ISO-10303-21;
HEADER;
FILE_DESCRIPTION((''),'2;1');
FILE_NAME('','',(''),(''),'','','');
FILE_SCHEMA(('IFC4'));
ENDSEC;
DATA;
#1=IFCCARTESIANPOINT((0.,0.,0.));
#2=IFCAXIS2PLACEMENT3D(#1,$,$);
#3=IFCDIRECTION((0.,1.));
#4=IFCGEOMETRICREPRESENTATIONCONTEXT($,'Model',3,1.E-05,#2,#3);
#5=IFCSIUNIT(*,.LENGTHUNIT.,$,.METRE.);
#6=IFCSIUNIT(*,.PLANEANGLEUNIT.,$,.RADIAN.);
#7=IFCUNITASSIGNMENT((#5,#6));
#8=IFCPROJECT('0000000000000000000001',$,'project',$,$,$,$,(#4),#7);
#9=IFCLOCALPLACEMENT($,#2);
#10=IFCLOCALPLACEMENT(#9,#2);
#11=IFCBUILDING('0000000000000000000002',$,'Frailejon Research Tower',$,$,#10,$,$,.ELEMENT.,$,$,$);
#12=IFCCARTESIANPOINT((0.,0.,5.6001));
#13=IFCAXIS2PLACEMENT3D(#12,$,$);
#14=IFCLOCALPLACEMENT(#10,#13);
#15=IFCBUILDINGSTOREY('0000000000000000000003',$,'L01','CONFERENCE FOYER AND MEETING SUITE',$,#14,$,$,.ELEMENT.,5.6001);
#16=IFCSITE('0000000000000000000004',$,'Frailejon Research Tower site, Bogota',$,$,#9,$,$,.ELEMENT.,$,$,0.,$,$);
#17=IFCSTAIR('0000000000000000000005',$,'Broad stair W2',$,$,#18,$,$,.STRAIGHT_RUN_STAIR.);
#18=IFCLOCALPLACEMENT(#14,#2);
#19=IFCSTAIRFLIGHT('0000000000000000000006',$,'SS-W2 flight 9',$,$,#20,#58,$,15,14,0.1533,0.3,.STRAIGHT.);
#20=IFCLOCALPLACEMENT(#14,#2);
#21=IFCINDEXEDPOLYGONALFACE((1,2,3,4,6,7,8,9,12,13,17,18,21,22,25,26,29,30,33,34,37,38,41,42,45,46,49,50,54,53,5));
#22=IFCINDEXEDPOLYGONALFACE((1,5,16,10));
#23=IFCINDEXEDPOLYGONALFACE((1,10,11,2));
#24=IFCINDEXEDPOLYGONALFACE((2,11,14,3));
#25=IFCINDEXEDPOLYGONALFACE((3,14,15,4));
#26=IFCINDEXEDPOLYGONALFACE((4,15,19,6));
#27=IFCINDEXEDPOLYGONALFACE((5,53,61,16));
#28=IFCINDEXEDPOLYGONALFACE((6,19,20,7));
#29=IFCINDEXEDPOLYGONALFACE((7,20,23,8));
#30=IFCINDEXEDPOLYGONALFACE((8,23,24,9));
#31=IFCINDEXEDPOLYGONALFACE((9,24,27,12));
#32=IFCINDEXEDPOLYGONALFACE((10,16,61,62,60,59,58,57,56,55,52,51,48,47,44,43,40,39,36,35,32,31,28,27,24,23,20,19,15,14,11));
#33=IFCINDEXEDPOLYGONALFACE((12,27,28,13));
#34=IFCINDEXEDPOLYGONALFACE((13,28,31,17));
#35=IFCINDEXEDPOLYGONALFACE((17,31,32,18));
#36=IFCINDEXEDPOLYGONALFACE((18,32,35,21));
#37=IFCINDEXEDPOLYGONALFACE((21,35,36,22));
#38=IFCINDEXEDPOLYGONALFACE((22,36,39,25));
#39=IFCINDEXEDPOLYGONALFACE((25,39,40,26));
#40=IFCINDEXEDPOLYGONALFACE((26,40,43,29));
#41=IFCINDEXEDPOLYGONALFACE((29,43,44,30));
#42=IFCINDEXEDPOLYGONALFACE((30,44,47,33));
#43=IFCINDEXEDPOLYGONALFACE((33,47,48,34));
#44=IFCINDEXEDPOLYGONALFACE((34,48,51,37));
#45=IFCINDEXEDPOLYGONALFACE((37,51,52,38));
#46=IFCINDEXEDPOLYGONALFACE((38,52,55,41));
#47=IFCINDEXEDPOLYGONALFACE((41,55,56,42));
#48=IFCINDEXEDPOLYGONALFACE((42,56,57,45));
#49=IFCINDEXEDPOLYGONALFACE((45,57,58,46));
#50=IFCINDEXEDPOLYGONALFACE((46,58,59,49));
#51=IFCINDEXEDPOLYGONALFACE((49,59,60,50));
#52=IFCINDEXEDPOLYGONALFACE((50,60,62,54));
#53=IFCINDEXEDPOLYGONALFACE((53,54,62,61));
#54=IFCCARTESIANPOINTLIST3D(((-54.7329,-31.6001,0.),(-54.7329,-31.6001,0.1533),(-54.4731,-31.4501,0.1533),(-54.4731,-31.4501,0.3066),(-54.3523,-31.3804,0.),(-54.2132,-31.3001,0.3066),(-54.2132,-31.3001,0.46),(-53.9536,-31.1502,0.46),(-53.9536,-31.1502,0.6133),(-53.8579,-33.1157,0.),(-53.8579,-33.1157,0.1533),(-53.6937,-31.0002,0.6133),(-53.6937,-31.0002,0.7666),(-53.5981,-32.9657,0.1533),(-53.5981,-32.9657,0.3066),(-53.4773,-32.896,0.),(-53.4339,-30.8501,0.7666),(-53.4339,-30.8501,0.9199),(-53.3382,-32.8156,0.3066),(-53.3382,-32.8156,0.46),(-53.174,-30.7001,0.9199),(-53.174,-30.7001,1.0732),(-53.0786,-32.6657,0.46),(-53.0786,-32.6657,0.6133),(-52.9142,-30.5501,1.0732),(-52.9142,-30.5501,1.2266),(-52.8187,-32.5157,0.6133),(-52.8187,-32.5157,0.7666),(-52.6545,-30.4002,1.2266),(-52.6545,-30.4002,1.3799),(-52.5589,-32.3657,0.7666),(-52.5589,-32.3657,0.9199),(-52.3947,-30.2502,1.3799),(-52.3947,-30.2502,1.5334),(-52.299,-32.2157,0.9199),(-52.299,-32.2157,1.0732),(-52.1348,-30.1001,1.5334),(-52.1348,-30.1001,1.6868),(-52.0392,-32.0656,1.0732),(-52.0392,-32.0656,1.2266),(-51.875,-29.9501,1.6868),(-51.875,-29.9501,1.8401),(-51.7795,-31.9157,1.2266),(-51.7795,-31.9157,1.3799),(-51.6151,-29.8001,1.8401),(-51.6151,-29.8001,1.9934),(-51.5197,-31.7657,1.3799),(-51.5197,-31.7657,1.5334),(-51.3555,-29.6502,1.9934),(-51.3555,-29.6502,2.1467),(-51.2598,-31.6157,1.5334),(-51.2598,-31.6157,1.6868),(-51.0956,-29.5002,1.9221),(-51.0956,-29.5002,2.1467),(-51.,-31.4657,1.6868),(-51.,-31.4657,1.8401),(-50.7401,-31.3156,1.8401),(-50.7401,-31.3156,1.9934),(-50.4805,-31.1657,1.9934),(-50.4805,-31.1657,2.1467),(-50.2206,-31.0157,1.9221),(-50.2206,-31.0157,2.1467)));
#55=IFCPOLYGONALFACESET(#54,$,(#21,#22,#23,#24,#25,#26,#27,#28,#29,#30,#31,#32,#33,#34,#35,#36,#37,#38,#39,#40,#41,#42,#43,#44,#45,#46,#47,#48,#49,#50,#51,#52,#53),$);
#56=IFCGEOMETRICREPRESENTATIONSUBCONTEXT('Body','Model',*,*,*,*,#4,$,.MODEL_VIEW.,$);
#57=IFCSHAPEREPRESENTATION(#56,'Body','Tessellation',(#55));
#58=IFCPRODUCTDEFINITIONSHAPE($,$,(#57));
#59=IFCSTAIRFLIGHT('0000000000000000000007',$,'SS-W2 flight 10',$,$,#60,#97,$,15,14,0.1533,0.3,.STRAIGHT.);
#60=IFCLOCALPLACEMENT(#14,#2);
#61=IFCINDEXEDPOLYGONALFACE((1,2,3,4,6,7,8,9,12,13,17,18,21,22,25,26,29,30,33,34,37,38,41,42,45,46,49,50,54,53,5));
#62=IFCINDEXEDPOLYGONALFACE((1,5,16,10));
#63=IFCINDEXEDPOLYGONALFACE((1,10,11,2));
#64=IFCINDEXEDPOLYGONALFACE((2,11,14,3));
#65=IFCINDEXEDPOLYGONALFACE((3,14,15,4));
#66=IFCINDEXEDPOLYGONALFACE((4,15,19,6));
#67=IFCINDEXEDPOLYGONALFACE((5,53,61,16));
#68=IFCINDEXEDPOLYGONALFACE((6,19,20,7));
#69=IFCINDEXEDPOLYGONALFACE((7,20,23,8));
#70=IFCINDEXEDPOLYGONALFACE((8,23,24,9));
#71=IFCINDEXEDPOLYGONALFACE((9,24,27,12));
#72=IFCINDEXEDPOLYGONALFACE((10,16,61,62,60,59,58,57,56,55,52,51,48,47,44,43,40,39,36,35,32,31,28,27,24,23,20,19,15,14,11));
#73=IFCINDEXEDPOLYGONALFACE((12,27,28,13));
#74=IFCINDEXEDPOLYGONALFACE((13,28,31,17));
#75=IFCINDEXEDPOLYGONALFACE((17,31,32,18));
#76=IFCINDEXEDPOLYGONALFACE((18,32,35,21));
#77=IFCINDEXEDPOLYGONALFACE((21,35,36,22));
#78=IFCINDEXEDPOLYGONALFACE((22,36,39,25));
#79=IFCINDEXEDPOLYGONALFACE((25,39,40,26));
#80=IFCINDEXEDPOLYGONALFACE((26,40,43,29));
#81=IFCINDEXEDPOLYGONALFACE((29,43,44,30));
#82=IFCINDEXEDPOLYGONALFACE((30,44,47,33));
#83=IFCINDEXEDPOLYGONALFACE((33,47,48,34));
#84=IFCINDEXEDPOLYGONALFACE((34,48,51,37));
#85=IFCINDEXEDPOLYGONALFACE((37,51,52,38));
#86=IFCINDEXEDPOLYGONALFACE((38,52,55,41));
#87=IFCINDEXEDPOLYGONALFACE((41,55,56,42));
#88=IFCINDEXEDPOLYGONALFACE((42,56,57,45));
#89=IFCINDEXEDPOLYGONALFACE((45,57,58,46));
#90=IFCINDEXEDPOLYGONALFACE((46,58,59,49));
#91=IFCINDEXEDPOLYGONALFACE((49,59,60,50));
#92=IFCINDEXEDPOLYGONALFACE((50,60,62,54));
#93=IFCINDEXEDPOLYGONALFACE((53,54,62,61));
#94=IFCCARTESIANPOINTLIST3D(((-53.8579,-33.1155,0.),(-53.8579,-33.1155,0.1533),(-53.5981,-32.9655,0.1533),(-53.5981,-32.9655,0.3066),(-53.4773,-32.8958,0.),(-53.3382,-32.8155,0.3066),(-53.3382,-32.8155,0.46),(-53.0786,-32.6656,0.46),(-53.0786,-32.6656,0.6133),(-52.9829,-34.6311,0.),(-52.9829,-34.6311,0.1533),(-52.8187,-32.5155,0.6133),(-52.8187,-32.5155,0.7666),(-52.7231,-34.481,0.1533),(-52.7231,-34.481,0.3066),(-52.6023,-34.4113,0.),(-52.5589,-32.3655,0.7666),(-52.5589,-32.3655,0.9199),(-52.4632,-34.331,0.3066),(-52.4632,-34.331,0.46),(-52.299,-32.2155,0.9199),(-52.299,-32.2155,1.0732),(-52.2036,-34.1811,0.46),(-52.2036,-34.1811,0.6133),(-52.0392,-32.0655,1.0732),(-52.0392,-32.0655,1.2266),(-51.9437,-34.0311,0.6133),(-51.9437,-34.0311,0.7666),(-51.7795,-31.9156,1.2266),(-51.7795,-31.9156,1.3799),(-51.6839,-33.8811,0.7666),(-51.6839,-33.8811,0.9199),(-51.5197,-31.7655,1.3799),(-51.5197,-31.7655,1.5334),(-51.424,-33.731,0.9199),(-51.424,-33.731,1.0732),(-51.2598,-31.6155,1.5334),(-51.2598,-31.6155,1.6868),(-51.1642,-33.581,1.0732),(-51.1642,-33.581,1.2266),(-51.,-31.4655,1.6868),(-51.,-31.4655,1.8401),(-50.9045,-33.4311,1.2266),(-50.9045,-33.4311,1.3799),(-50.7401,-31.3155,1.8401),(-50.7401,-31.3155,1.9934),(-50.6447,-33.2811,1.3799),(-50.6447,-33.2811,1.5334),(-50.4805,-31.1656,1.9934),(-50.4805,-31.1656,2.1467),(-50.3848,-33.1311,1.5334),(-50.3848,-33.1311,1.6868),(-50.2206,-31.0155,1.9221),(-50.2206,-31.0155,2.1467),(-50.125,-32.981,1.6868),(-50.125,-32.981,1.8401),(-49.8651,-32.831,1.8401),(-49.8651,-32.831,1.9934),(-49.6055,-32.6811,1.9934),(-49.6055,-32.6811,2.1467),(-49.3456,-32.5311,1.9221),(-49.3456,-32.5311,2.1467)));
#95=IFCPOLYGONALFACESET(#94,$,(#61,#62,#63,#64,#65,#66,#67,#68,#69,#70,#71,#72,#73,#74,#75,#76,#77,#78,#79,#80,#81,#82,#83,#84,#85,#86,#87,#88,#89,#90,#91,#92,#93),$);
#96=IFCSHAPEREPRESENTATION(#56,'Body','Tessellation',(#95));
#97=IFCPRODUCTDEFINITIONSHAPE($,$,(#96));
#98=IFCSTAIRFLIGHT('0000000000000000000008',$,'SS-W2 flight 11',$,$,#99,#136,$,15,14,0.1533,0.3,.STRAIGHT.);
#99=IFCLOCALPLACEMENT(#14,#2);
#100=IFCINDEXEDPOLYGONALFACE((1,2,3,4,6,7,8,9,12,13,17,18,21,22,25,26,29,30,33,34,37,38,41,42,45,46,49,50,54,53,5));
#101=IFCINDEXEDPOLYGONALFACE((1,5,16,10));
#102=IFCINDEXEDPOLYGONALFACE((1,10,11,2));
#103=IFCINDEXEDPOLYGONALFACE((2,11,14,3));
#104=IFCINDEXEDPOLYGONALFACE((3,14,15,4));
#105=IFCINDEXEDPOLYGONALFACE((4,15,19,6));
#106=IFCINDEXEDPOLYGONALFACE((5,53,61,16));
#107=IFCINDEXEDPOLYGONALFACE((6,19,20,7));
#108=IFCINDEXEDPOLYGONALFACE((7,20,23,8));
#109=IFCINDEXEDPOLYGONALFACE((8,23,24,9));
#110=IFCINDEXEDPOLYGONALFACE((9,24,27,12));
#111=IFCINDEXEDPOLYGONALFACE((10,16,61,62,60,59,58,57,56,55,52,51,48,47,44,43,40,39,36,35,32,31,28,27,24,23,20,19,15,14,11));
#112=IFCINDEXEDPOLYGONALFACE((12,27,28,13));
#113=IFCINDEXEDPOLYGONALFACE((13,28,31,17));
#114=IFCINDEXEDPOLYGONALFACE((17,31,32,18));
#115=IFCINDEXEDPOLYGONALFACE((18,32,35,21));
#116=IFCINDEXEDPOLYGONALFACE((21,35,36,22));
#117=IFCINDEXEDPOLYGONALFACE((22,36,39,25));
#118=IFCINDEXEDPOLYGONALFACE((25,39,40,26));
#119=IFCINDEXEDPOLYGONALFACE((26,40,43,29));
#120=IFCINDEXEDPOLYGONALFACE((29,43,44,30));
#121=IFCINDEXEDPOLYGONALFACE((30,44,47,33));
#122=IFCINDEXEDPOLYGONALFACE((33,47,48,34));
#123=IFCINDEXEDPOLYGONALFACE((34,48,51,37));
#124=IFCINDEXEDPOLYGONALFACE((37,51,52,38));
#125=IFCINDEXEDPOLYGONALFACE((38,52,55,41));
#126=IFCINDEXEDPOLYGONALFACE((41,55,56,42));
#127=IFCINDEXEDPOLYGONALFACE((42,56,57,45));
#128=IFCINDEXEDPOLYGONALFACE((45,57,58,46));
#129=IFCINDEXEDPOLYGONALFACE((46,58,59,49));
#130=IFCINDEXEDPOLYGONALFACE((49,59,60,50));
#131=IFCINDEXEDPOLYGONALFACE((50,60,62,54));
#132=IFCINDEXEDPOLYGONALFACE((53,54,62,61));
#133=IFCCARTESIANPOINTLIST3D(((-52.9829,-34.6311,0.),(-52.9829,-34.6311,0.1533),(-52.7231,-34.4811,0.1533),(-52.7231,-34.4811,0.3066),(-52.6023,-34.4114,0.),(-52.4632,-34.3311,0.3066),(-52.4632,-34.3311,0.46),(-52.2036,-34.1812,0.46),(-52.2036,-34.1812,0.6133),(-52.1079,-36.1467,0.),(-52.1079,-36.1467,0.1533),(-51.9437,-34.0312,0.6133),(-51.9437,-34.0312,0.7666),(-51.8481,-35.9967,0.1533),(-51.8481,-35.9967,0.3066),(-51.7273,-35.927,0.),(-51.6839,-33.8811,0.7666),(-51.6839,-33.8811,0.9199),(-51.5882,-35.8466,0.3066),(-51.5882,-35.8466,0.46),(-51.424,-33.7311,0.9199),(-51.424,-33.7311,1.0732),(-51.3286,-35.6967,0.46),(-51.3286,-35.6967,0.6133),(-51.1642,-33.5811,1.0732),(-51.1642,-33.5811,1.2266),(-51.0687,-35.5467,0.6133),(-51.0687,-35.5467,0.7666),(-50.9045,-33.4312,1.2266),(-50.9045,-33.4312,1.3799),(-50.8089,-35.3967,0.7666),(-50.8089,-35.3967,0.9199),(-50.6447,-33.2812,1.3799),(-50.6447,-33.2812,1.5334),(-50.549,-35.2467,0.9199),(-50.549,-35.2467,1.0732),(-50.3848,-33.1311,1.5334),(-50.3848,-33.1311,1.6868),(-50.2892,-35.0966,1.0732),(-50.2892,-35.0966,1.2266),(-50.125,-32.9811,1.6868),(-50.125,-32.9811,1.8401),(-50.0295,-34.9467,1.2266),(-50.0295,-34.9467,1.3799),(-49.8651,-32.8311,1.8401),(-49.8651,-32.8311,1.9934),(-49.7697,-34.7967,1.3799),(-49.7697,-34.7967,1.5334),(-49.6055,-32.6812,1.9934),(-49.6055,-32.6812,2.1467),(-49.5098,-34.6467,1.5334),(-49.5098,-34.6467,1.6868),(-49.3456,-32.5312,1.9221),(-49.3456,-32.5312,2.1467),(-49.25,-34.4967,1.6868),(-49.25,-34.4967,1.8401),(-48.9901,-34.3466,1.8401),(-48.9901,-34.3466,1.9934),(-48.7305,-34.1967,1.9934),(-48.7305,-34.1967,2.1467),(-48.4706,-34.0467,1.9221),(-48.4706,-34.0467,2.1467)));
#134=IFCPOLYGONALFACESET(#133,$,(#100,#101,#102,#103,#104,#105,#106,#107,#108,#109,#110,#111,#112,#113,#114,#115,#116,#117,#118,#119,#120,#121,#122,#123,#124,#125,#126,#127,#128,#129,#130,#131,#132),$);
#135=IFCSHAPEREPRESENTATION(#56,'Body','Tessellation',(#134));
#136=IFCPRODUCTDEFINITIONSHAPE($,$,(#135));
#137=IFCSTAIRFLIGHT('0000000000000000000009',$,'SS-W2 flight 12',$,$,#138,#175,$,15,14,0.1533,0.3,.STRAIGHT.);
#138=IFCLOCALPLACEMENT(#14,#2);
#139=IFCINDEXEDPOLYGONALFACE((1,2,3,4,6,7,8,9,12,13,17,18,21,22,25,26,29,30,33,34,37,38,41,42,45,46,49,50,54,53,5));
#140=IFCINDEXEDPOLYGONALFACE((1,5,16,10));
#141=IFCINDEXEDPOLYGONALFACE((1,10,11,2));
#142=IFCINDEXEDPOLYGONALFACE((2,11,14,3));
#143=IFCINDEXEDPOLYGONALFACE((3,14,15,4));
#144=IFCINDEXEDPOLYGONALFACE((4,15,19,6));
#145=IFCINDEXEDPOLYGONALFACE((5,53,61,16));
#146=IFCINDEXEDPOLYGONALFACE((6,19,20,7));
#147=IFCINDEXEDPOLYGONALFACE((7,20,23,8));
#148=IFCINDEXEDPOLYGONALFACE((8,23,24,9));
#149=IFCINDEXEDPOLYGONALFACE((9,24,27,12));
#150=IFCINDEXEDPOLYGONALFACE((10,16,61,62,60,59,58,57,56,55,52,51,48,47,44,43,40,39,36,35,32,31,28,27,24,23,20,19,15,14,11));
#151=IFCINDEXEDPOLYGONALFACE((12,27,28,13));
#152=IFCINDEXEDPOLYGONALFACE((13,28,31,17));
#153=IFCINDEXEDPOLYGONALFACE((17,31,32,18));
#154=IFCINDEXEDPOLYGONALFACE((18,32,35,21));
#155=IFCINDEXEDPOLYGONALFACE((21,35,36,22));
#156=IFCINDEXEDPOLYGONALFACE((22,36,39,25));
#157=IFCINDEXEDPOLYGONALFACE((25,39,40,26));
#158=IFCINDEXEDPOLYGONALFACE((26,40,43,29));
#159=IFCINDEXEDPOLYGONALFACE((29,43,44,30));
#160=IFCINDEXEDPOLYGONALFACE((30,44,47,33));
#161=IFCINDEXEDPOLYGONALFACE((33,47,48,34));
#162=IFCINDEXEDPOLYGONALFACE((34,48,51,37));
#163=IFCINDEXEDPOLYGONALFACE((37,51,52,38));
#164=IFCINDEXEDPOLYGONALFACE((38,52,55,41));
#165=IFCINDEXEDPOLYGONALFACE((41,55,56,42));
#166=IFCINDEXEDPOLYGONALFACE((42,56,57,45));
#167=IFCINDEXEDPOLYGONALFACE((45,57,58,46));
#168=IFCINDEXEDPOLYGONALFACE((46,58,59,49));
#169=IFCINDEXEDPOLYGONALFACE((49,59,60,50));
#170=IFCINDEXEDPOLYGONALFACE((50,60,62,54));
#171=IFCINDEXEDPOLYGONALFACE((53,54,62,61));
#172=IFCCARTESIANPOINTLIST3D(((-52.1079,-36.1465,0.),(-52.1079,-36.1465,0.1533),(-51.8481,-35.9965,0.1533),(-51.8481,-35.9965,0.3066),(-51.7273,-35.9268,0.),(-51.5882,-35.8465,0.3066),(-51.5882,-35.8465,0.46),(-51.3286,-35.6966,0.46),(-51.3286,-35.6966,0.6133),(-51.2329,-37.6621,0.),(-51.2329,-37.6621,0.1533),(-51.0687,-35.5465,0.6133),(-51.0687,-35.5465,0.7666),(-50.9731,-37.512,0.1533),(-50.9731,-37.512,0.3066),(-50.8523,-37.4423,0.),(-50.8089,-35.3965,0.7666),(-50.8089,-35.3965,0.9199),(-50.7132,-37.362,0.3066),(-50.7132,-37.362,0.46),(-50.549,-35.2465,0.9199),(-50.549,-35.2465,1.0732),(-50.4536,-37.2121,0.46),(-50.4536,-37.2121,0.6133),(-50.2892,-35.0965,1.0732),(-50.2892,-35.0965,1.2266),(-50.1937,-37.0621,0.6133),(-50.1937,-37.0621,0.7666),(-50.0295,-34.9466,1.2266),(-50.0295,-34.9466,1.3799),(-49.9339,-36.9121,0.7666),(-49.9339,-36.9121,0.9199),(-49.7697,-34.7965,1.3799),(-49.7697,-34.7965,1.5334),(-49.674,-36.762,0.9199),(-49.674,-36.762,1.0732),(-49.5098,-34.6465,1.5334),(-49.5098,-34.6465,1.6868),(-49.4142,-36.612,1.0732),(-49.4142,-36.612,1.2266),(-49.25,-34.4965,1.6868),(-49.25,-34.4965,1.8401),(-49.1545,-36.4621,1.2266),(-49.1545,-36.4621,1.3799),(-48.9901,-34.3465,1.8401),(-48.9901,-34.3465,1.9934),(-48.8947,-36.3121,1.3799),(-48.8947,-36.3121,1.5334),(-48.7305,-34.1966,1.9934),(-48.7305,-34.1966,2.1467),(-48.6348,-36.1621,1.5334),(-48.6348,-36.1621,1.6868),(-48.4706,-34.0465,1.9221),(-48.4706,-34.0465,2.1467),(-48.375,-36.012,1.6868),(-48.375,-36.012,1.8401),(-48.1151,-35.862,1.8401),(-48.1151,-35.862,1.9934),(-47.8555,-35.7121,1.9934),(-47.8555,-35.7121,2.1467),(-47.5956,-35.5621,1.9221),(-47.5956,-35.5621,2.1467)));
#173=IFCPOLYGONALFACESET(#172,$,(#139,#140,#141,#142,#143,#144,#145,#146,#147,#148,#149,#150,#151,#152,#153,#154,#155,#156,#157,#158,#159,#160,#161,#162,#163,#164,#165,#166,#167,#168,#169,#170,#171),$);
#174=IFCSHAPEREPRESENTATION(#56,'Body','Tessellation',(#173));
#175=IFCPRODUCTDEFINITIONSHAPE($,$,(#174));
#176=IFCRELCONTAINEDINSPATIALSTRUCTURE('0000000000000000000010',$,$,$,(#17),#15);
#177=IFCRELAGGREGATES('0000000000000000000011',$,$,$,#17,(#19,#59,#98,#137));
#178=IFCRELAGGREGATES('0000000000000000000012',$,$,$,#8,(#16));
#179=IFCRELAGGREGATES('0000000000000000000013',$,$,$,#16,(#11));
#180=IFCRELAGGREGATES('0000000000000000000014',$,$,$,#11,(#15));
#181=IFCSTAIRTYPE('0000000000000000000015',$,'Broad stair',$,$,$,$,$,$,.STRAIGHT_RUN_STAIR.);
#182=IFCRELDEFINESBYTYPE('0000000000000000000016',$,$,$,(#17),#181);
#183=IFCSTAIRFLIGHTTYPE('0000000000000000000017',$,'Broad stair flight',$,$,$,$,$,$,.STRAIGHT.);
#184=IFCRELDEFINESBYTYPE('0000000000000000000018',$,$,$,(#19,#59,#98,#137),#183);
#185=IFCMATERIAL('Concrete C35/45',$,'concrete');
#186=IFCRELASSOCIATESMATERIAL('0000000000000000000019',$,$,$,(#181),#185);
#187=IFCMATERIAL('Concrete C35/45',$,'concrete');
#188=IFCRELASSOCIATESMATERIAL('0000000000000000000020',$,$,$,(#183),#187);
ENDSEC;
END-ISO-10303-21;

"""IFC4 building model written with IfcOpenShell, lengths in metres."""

from ifc_helpers import new_model, si_unit, direction, frame, origin, place, context, subcontext, project, spatial, polyline, outline, extrude, material, type_object, element, aggregate, save


model = new_model("IFC4")

# Units and contexts
model_context = context("Model", 3, precision=1e-05, world=origin(), true_north=direction((0.0, 1.0)))
body_context = subcontext(model_context, "Body", "Model", "MODEL_VIEW")
ifc_project = project(units=[si_unit("LENGTHUNIT", "METRE"), si_unit("PLANEANGLEUNIT", "RADIAN")], contexts=[model_context])

# Site, building, storey
site_placement = place(None, origin())
site = spatial("IfcSite", under=ifc_project, at=site_placement, Name="Frailejon Research Tower site, Bogota", CompositionType="ELEMENT", RefElevation=0.0)
building_placement = place(site_placement, origin())
building = spatial("IfcBuilding", under=site, at=building_placement, Name="Frailejon Research Tower", CompositionType="ELEMENT")
storey_placement = place(building_placement, frame((0.0, 0.0, 5.6001)))
storey = spatial("IfcBuildingStorey", under=building, at=storey_placement, Name="L01", Description="CONFERENCE FOYER AND MEETING SUITE", CompositionType="ELEMENT", Elevation=5.6001)

# Stair, stair flights
ifc_material_1 = material(Name="Concrete C35/45", Category="concrete")
stair_type = type_object("IfcStairType", Name="Broad stair", PredefinedType="STRAIGHT_RUN_STAIR", material=ifc_material_1)
stair_placement = place(storey_placement, origin())
stair = element("IfcStair", 1, at=stair_placement, inside=storey, type_object=stair_type, Name="Broad stair W2", PredefinedType="STRAIGHT_RUN_STAIR")
ifc_material_2 = material(Name="Concrete C35/45", Category="concrete")
stair_flight_type = type_object("IfcStairFlightType", Name="Broad stair flight", PredefinedType="STRAIGHT", material=ifc_material_2)
stair_flight_1_placement = place(storey_placement, frame((-54.2954, -32.3579, 0.0), z_axis=(0.0, 0.0, 1.0), x_axis=(0.866025, 0.5, 0.0)))
stair_flight_1 = element("IfcStairFlight", 2, at=stair_flight_1_placement, type_object=stair_flight_type, Name="SS-W2 flight 9", NumberOfRisers=15, NumberOfTreads=14, PredefinedType="STRAIGHT", RiserHeight=0.1533, TreadLength=0.3, context=body_context, shape_type="SweptSolid", body=[
    extrude(outline(polyline([(0.0, 0.0), (0.0, 0.1533), (0.3, 0.1533), (0.3, 0.3066), (0.6001, 0.3066), (0.6001, 0.46), (0.8999, 0.46), (0.8999, 0.6133), (1.2, 0.6133), (1.2, 0.7666), (1.5, 0.7666), (1.5, 0.9199), (1.8, 0.9199), (1.8, 1.0732), (2.1001, 1.0732), (2.1001, 1.2266), (2.3999, 1.2266), (2.3999, 1.3799), (2.7, 1.3799), (2.7, 1.5334), (3.0, 1.5334), (3.0, 1.6868), (3.3, 1.6868), (3.3, 1.8401), (3.6001, 1.8401), (3.6001, 1.9934), (3.8999, 1.9934), (3.8999, 2.1467), (4.2, 2.1467), (4.2, 2.3), (4.2, 1.9221), (0.4395, 0.0), (0.0, 0.0)])), frame((0.0, 0.875, 0.0), z_axis=(0.0, -1.0, 0.0), x_axis=(1.0, 0.0, 0.0)), (0.0, 0.0, 1.0), 1.75),
])
stair_flight_2_placement = place(storey_placement, frame((-53.4204, -33.8733, 0.0), z_axis=(0.0, 0.0, 1.0), x_axis=(0.866025, 0.5, 0.0)))
stair_flight_2 = element("IfcStairFlight", 3, at=stair_flight_2_placement, type_object=stair_flight_type, Name="SS-W2 flight 10", NumberOfRisers=15, NumberOfTreads=14, PredefinedType="STRAIGHT", RiserHeight=0.1533, TreadLength=0.3, context=body_context, shape_type="SweptSolid", body=[
    extrude(outline(polyline([(0.0, 0.0), (0.0, 0.1533), (0.3, 0.1533), (0.3, 0.3066), (0.6001, 0.3066), (0.6001, 0.46), (0.8999, 0.46), (0.8999, 0.6133), (1.2, 0.6133), (1.2, 0.7666), (1.5, 0.7666), (1.5, 0.9199), (1.8, 0.9199), (1.8, 1.0732), (2.1001, 1.0732), (2.1001, 1.2266), (2.3999, 1.2266), (2.3999, 1.3799), (2.7, 1.3799), (2.7, 1.5334), (3.0, 1.5334), (3.0, 1.6868), (3.3, 1.6868), (3.3, 1.8401), (3.6001, 1.8401), (3.6001, 1.9934), (3.8999, 1.9934), (3.8999, 2.1467), (4.2, 2.1467), (4.2, 2.3), (4.2, 1.9221), (0.4395, 0.0), (0.0, 0.0)])), frame((0.0, 0.875, 0.0), z_axis=(0.0, -1.0, 0.0), x_axis=(1.0, 0.0, 0.0)), (0.0, 0.0, 1.0), 1.75),
])
stair_flight_3_placement = place(storey_placement, frame((-52.5454, -35.3889, 0.0), z_axis=(0.0, 0.0, 1.0), x_axis=(0.866025, 0.5, 0.0)))
stair_flight_3 = element("IfcStairFlight", 4, at=stair_flight_3_placement, type_object=stair_flight_type, Name="SS-W2 flight 11", NumberOfRisers=15, NumberOfTreads=14, PredefinedType="STRAIGHT", RiserHeight=0.1533, TreadLength=0.3, context=body_context, shape_type="SweptSolid", body=[
    extrude(outline(polyline([(0.0, 0.0), (0.0, 0.1533), (0.3, 0.1533), (0.3, 0.3066), (0.6001, 0.3066), (0.6001, 0.46), (0.8999, 0.46), (0.8999, 0.6133), (1.2, 0.6133), (1.2, 0.7666), (1.5, 0.7666), (1.5, 0.9199), (1.8, 0.9199), (1.8, 1.0732), (2.1001, 1.0732), (2.1001, 1.2266), (2.3999, 1.2266), (2.3999, 1.3799), (2.7, 1.3799), (2.7, 1.5334), (3.0, 1.5334), (3.0, 1.6868), (3.3, 1.6868), (3.3, 1.8401), (3.6001, 1.8401), (3.6001, 1.9934), (3.8999, 1.9934), (3.8999, 2.1467), (4.2, 2.1467), (4.2, 2.3), (4.2, 1.9221), (0.4395, 0.0), (0.0, 0.0)])), frame((0.0, 0.875, 0.0), z_axis=(0.0, -1.0, 0.0), x_axis=(1.0, 0.0, 0.0)), (0.0, 0.0, 1.0), 1.75),
])
stair_flight_4_placement = place(storey_placement, frame((-51.6704, -36.9043, 0.0), z_axis=(0.0, 0.0, 1.0), x_axis=(0.866025, 0.5, 0.0)))
stair_flight_4 = element("IfcStairFlight", 5, at=stair_flight_4_placement, type_object=stair_flight_type, Name="SS-W2 flight 12", NumberOfRisers=15, NumberOfTreads=14, PredefinedType="STRAIGHT", RiserHeight=0.1533, TreadLength=0.3, context=body_context, shape_type="SweptSolid", body=[
    extrude(outline(polyline([(0.0, 0.0), (0.0, 0.1533), (0.3, 0.1533), (0.3, 0.3066), (0.6001, 0.3066), (0.6001, 0.46), (0.8999, 0.46), (0.8999, 0.6133), (1.2, 0.6133), (1.2, 0.7666), (1.5, 0.7666), (1.5, 0.9199), (1.8, 0.9199), (1.8, 1.0732), (2.1001, 1.0732), (2.1001, 1.2266), (2.3999, 1.2266), (2.3999, 1.3799), (2.7, 1.3799), (2.7, 1.5334), (3.0, 1.5334), (3.0, 1.6868), (3.3, 1.6868), (3.3, 1.8401), (3.6001, 1.8401), (3.6001, 1.9934), (3.8999, 1.9934), (3.8999, 2.1467), (4.2, 2.1467), (4.2, 2.3), (4.2, 1.9221), (0.4395, 0.0), (0.0, 0.0)])), frame((0.0, 0.875, 0.0), z_axis=(0.0, -1.0, 0.0), x_axis=(1.0, 0.0, 0.0)), (0.0, 0.0, 1.0), 1.75),
])
aggregate(stair, [stair_flight_1, stair_flight_2, stair_flight_3, stair_flight_4])

save(model, "model.ifc")
